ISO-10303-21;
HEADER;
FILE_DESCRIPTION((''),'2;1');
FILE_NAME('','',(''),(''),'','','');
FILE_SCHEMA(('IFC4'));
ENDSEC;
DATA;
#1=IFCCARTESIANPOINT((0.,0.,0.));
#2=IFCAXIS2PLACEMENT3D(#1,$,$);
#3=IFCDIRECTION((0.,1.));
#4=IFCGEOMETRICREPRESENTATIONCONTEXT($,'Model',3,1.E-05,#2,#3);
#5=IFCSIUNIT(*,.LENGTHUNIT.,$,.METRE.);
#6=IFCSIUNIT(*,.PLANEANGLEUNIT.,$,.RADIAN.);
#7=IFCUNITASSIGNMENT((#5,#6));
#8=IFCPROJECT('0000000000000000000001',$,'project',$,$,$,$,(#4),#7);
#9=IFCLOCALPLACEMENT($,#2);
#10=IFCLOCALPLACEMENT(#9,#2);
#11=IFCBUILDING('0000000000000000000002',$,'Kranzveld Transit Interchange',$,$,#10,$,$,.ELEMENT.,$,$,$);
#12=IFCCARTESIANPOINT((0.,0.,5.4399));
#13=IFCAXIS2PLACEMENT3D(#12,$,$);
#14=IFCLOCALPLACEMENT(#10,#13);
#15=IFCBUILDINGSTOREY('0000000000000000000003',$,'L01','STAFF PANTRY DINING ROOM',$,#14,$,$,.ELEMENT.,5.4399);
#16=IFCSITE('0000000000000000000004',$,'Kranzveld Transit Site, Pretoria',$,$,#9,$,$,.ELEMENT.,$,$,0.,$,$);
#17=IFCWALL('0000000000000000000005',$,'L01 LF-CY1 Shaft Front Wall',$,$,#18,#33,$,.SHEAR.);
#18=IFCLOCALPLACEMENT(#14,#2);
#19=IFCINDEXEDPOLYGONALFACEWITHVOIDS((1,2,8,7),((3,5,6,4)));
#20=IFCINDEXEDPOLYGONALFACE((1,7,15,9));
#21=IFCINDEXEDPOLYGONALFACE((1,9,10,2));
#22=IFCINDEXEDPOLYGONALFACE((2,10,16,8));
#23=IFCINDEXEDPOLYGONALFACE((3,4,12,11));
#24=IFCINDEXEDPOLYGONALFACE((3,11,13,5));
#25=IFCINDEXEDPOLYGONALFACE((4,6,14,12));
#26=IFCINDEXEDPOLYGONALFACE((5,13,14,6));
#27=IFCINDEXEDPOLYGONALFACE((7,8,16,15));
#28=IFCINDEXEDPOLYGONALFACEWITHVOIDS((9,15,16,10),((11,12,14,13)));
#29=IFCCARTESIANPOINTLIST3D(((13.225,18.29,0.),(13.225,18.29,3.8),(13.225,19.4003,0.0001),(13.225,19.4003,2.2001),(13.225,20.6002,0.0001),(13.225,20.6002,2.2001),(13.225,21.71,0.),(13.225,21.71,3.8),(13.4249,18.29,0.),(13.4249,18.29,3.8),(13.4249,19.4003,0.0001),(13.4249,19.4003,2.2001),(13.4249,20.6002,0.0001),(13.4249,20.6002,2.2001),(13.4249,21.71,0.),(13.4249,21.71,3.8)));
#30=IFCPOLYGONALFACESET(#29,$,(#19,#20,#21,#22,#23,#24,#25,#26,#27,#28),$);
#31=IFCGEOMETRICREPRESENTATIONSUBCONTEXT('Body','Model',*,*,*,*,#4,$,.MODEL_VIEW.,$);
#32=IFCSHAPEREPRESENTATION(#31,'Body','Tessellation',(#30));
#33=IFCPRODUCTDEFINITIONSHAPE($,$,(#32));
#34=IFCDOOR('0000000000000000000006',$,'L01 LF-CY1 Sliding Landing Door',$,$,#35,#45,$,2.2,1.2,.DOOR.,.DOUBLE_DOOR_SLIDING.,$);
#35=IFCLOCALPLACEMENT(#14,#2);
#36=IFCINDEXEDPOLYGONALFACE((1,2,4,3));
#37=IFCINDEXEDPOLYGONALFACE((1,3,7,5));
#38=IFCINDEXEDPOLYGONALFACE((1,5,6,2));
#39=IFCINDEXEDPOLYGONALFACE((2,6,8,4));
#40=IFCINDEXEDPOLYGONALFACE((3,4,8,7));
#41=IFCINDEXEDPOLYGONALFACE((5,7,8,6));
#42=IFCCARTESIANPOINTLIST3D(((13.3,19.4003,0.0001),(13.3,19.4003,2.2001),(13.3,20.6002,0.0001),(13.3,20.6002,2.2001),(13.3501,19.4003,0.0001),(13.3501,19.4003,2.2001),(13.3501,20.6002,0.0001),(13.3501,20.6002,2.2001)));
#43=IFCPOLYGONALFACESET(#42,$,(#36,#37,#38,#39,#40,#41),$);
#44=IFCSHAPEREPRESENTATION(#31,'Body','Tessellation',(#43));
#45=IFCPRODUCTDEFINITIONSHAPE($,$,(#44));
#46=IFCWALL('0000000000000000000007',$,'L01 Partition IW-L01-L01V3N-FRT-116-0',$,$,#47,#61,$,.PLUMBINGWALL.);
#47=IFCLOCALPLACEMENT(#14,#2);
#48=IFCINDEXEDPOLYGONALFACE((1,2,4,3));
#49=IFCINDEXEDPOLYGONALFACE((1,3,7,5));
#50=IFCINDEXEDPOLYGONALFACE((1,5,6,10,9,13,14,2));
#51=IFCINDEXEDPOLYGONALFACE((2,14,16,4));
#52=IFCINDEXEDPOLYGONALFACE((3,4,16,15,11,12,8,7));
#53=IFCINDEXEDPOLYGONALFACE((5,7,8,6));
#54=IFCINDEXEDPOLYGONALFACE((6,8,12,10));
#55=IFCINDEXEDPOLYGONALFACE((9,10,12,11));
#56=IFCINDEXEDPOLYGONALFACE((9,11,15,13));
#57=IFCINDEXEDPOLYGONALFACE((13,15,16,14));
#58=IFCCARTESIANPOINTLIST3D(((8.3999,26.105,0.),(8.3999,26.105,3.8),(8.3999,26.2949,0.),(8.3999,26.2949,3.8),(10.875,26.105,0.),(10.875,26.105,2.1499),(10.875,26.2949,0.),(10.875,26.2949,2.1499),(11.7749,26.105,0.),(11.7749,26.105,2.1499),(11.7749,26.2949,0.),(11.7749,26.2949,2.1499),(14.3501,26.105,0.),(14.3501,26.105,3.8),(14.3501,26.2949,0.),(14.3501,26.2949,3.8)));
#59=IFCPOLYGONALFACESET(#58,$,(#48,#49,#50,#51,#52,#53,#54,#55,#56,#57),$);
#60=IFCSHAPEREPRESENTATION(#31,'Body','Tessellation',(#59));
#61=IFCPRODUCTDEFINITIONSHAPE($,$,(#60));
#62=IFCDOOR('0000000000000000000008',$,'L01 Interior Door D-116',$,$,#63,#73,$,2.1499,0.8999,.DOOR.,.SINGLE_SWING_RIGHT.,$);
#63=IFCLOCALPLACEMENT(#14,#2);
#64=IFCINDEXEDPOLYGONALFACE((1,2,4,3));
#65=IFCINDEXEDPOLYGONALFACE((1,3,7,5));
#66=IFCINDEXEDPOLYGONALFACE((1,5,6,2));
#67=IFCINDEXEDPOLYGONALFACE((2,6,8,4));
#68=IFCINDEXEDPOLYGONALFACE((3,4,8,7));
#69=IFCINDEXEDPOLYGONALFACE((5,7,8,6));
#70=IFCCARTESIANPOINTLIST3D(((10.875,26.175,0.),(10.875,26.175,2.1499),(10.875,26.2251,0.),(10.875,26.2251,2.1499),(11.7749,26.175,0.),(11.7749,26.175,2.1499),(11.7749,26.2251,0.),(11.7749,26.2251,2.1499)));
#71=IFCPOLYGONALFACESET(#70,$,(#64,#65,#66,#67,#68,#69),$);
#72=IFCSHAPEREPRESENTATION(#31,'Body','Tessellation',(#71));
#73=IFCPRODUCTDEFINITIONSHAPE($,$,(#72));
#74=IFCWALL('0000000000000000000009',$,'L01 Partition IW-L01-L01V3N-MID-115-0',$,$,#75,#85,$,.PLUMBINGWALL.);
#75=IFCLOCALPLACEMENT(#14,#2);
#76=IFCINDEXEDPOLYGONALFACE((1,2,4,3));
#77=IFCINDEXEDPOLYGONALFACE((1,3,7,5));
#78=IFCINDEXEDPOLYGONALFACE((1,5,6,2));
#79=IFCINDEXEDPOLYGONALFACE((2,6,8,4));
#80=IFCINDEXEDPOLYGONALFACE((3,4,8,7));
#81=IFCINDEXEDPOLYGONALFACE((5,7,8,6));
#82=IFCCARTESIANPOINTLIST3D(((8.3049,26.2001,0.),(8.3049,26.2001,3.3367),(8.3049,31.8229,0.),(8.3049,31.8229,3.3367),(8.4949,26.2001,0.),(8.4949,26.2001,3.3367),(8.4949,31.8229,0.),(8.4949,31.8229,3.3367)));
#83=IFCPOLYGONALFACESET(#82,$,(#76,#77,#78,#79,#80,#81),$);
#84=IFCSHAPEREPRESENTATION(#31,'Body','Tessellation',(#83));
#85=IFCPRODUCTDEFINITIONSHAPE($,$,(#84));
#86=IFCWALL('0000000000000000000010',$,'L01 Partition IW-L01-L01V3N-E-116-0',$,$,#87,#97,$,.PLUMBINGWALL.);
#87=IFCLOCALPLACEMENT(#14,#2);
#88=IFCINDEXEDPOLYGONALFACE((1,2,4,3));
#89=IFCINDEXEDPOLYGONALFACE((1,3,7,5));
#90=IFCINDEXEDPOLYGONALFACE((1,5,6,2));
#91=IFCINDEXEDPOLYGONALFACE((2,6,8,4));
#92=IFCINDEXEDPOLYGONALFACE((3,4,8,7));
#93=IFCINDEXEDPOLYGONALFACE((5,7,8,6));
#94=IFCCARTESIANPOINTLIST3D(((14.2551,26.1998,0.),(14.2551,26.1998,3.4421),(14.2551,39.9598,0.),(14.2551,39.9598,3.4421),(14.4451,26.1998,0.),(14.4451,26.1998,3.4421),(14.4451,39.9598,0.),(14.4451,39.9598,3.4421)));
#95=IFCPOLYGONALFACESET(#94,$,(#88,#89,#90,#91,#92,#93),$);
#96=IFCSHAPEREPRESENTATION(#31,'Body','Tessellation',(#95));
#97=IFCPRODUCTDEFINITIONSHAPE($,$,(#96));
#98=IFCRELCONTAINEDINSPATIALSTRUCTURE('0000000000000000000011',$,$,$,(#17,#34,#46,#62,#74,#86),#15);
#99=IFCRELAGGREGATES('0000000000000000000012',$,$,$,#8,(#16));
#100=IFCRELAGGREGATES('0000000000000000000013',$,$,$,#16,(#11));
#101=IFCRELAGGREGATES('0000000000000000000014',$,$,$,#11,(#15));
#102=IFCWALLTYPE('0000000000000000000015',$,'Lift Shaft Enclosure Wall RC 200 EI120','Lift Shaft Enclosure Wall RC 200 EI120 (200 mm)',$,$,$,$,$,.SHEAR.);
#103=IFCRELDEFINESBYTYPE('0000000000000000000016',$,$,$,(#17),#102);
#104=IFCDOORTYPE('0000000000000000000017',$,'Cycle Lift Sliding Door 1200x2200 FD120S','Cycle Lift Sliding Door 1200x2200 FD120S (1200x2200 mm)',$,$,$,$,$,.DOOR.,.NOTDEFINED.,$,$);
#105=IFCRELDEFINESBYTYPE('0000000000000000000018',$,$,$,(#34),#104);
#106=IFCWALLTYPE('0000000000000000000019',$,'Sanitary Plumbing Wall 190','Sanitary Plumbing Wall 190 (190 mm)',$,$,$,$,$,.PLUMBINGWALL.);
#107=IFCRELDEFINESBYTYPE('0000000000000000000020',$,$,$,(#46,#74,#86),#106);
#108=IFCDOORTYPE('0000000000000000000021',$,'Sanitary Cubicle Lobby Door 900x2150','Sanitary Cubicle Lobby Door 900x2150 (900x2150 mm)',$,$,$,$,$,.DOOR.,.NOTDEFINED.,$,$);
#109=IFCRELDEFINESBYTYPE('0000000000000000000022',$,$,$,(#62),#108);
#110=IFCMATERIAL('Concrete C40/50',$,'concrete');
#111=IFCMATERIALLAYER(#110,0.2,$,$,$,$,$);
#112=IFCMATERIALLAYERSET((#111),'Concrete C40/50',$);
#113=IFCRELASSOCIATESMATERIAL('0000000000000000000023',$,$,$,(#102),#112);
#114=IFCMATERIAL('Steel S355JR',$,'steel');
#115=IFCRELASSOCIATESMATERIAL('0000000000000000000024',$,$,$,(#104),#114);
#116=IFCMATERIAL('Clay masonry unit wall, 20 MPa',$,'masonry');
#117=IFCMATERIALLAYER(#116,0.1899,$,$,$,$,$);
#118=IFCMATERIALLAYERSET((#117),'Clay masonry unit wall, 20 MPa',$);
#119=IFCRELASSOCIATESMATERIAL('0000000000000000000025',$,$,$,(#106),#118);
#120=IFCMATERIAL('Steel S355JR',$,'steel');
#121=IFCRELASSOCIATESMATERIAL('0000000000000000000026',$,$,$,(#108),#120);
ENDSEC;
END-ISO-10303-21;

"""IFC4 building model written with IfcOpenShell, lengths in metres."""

from ifc_helpers import new_model, si_unit, direction, frame, frame_2d, origin, place, context, subcontext, project, spatial, rectangle, extrude, material, layer, layer_set, type_object, element, fill, save


model = new_model("IFC4")

# Units and contexts
model_context = context("Model", 3, precision=1e-05, world=origin(), true_north=direction((0.0, 1.0)))
body_context = subcontext(model_context, "Body", "Model", "MODEL_VIEW")
ifc_project = project(units=[si_unit("LENGTHUNIT", "METRE"), si_unit("PLANEANGLEUNIT", "RADIAN")], contexts=[model_context])

# Site, building, storey
site_placement = place(None, origin())
site = spatial("IfcSite", under=ifc_project, at=site_placement, Name="Kranzveld Transit Site, Pretoria", CompositionType="ELEMENT", RefElevation=0.0)
building_placement = place(site_placement, origin())
building = spatial("IfcBuilding", under=site, at=building_placement, Name="Kranzveld Transit Interchange", CompositionType="ELEMENT")
storey_placement = place(building_placement, frame((0.0, 0.0, 5.4399)))
storey = spatial("IfcBuildingStorey", under=building, at=storey_placement, Name="L01", Description="STAFF PANTRY DINING ROOM", CompositionType="ELEMENT", Elevation=5.4399)

# Shared definitions
ifc_material_1 = material(Name="Concrete C40/50", Category="concrete")
ifc_layer_1 = layer(ifc_material_1, 0.2)
ifc_layer_set_1 = layer_set([ifc_layer_1], Name="Concrete C40/50")
wall_type_1 = type_object("IfcWallType", Name="Lift Shaft Enclosure Wall RC 200 EI120", Description="Lift Shaft Enclosure Wall RC 200 EI120 (200 mm)", PredefinedType="SHEAR", material=ifc_layer_set_1)

# Walls, openings, doors
wall_1_placement = place(storey_placement, frame((13.325, 18.29, 0.0), z_axis=(0.0, 0.0, 1.0), x_axis=(0.0, 1.0, 0.0)))
wall_1 = element("IfcWall", 1, at=wall_1_placement, inside=storey, type_object=wall_type_1, Name="L01 LF-CY1 Shaft Front Wall", PredefinedType="SHEAR", context=body_context, shape_type="SweptSolid", body=[
    extrude(rectangle(XDim=3.4199, YDim=0.2, at=frame_2d((1.71, 0.0))), origin(), (0.0, 0.0, 1.0), 3.8),
])
opening_1_placement = place(wall_1_placement, frame((1.1101, 0.0, 0.0), z_axis=(0.0, 0.0, 1.0), x_axis=(1.0, 0.0, 0.0)))
opening_1 = element("IfcOpeningElement", 2, at=opening_1_placement, cuts=wall_1, PredefinedType="OPENING", context=body_context, shape_type="SweptSolid", body=[
    extrude(rectangle(XDim=1.2, YDim=2.2, at=frame_2d((0.6001, 1.1001))), frame((0.0, 0.1099, 0.0), z_axis=(0.0, -1.0, 0.0), x_axis=(1.0, 0.0, 0.0)), (0.0, 0.0, 1.0), 0.22),
])
ifc_material_2 = material(Name="Steel S355JR", Category="steel")
door_type_1 = type_object("IfcDoorType", Name="Cycle Lift Sliding Door 1200x2200 FD120S", Description="Cycle Lift Sliding Door 1200x2200 FD120S (1200x2200 mm)", OperationType="NOTDEFINED", PredefinedType="DOOR", material=ifc_material_2)
door_1_placement = place(opening_1_placement, origin())
door_1 = element("IfcDoor", 3, at=door_1_placement, inside=storey, type_object=door_type_1, Name="L01 LF-CY1 Sliding Landing Door", OperationType="DOUBLE_DOOR_SLIDING", OverallHeight=2.2, OverallWidth=1.2, PredefinedType="DOOR", context=body_context, shape_type="SweptSolid", body=[
    extrude(rectangle(XDim=1.2, YDim=2.2, at=frame_2d((0.6001, 1.1001))), frame((0.0, 0.0249, 0.0), z_axis=(0.0, -1.0, 0.0), x_axis=(1.0, 0.0, 0.0)), (0.0, 0.0, 1.0), 0.05),
])
fill(opening_1, door_1)
ifc_material_3 = material(Name="Clay masonry unit wall, 20 MPa", Category="masonry")
ifc_layer_2 = layer(ifc_material_3, 0.1899)
ifc_layer_set_2 = layer_set([ifc_layer_2], Name="Clay masonry unit wall, 20 MPa")
wall_type_2 = type_object("IfcWallType", Name="Sanitary Plumbing Wall 190", Description="Sanitary Plumbing Wall 190 (190 mm)", PredefinedType="PLUMBINGWALL", material=ifc_layer_set_2)
wall_2_placement = place(storey_placement, frame((8.3999, 26.2, 0.0), z_axis=(0.0, 0.0, 1.0), x_axis=(1.0, 0.0, 0.0)))
wall_2 = element("IfcWall", 4, at=wall_2_placement, inside=storey, type_object=wall_type_2, Name="L01 Partition IW-L01-L01V3N-FRT-116-0", PredefinedType="PLUMBINGWALL", context=body_context, shape_type="SweptSolid", body=[
    extrude(rectangle(XDim=5.9502, YDim=0.1899, at=frame_2d((2.9751, 0.0))), origin(), (0.0, 0.0, 1.0), 3.8),
])
opening_2_placement = place(wall_2_placement, frame((3.375, 0.0, 0.0), z_axis=(0.0, 0.0, 1.0), x_axis=(-1.0, 0.0, 0.0)))
opening_2 = element("IfcOpeningElement", 5, at=opening_2_placement, cuts=wall_2, PredefinedType="OPENING", context=body_context, shape_type="SweptSolid", body=[
    extrude(rectangle(XDim=0.8999, YDim=2.1499, at=frame_2d((0.45, 1.075))), frame((0.0, 0.105, 0.0), z_axis=(0.0, -1.0, 0.0), x_axis=(1.0, 0.0, 0.0)), (0.0, 0.0, 1.0), 0.21),
])
ifc_material_4 = material(Name="Steel S355JR", Category="steel")
door_type_2 = type_object("IfcDoorType", Name="Sanitary Cubicle Lobby Door 900x2150", Description="Sanitary Cubicle Lobby Door 900x2150 (900x2150 mm)", OperationType="NOTDEFINED", PredefinedType="DOOR", material=ifc_material_4)
door_2_placement = place(opening_2_placement, origin())
door_2 = element("IfcDoor", 6, at=door_2_placement, inside=storey, type_object=door_type_2, Name="L01 Interior Door D-116", OperationType="SINGLE_SWING_RIGHT", OverallHeight=2.1499, OverallWidth=0.8999, PredefinedType="DOOR", context=body_context, shape_type="SweptSolid", body=[
    extrude(rectangle(XDim=0.8999, YDim=2.1499, at=frame_2d((0.45, 1.075))), frame((0.0, 0.0249, 0.0), z_axis=(0.0, -1.0, 0.0), x_axis=(1.0, 0.0, 0.0)), (0.0, 0.0, 1.0), 0.05),
])
fill(opening_2, door_2)

# Walls
wall_3_placement = place(storey_placement, frame((8.3999, 26.2, 0.0), z_axis=(0.0, 0.0, 1.0), x_axis=(0.0, 1.0, 0.0)))
element("IfcWall", 7, at=wall_3_placement, inside=storey, type_object=wall_type_2, Name="L01 Partition IW-L01-L01V3N-MID-115-0", PredefinedType="PLUMBINGWALL", context=body_context, shape_type="SweptSolid", body=[
    extrude(rectangle(XDim=5.6228, YDim=0.1899, at=frame_2d((2.8115, 0.0))), origin(), (0.0, 0.0, 1.0), 3.3367),
])
wall_4_placement = place(storey_placement, frame((14.3501, 26.2, 0.0), z_axis=(0.0, 0.0, 1.0), x_axis=(0.0, 1.0, 0.0)))
element("IfcWall", 8, at=wall_4_placement, inside=storey, type_object=wall_type_2, Name="L01 Partition IW-L01-L01V3N-E-116-0", PredefinedType="PLUMBINGWALL", context=body_context, shape_type="SweptSolid", body=[
    extrude(rectangle(XDim=13.76, YDim=0.1899, at=frame_2d((6.8799, 0.0))), origin(), (0.0, 0.0, 1.0), 3.4421),
])

save(model, "model.ifc")
